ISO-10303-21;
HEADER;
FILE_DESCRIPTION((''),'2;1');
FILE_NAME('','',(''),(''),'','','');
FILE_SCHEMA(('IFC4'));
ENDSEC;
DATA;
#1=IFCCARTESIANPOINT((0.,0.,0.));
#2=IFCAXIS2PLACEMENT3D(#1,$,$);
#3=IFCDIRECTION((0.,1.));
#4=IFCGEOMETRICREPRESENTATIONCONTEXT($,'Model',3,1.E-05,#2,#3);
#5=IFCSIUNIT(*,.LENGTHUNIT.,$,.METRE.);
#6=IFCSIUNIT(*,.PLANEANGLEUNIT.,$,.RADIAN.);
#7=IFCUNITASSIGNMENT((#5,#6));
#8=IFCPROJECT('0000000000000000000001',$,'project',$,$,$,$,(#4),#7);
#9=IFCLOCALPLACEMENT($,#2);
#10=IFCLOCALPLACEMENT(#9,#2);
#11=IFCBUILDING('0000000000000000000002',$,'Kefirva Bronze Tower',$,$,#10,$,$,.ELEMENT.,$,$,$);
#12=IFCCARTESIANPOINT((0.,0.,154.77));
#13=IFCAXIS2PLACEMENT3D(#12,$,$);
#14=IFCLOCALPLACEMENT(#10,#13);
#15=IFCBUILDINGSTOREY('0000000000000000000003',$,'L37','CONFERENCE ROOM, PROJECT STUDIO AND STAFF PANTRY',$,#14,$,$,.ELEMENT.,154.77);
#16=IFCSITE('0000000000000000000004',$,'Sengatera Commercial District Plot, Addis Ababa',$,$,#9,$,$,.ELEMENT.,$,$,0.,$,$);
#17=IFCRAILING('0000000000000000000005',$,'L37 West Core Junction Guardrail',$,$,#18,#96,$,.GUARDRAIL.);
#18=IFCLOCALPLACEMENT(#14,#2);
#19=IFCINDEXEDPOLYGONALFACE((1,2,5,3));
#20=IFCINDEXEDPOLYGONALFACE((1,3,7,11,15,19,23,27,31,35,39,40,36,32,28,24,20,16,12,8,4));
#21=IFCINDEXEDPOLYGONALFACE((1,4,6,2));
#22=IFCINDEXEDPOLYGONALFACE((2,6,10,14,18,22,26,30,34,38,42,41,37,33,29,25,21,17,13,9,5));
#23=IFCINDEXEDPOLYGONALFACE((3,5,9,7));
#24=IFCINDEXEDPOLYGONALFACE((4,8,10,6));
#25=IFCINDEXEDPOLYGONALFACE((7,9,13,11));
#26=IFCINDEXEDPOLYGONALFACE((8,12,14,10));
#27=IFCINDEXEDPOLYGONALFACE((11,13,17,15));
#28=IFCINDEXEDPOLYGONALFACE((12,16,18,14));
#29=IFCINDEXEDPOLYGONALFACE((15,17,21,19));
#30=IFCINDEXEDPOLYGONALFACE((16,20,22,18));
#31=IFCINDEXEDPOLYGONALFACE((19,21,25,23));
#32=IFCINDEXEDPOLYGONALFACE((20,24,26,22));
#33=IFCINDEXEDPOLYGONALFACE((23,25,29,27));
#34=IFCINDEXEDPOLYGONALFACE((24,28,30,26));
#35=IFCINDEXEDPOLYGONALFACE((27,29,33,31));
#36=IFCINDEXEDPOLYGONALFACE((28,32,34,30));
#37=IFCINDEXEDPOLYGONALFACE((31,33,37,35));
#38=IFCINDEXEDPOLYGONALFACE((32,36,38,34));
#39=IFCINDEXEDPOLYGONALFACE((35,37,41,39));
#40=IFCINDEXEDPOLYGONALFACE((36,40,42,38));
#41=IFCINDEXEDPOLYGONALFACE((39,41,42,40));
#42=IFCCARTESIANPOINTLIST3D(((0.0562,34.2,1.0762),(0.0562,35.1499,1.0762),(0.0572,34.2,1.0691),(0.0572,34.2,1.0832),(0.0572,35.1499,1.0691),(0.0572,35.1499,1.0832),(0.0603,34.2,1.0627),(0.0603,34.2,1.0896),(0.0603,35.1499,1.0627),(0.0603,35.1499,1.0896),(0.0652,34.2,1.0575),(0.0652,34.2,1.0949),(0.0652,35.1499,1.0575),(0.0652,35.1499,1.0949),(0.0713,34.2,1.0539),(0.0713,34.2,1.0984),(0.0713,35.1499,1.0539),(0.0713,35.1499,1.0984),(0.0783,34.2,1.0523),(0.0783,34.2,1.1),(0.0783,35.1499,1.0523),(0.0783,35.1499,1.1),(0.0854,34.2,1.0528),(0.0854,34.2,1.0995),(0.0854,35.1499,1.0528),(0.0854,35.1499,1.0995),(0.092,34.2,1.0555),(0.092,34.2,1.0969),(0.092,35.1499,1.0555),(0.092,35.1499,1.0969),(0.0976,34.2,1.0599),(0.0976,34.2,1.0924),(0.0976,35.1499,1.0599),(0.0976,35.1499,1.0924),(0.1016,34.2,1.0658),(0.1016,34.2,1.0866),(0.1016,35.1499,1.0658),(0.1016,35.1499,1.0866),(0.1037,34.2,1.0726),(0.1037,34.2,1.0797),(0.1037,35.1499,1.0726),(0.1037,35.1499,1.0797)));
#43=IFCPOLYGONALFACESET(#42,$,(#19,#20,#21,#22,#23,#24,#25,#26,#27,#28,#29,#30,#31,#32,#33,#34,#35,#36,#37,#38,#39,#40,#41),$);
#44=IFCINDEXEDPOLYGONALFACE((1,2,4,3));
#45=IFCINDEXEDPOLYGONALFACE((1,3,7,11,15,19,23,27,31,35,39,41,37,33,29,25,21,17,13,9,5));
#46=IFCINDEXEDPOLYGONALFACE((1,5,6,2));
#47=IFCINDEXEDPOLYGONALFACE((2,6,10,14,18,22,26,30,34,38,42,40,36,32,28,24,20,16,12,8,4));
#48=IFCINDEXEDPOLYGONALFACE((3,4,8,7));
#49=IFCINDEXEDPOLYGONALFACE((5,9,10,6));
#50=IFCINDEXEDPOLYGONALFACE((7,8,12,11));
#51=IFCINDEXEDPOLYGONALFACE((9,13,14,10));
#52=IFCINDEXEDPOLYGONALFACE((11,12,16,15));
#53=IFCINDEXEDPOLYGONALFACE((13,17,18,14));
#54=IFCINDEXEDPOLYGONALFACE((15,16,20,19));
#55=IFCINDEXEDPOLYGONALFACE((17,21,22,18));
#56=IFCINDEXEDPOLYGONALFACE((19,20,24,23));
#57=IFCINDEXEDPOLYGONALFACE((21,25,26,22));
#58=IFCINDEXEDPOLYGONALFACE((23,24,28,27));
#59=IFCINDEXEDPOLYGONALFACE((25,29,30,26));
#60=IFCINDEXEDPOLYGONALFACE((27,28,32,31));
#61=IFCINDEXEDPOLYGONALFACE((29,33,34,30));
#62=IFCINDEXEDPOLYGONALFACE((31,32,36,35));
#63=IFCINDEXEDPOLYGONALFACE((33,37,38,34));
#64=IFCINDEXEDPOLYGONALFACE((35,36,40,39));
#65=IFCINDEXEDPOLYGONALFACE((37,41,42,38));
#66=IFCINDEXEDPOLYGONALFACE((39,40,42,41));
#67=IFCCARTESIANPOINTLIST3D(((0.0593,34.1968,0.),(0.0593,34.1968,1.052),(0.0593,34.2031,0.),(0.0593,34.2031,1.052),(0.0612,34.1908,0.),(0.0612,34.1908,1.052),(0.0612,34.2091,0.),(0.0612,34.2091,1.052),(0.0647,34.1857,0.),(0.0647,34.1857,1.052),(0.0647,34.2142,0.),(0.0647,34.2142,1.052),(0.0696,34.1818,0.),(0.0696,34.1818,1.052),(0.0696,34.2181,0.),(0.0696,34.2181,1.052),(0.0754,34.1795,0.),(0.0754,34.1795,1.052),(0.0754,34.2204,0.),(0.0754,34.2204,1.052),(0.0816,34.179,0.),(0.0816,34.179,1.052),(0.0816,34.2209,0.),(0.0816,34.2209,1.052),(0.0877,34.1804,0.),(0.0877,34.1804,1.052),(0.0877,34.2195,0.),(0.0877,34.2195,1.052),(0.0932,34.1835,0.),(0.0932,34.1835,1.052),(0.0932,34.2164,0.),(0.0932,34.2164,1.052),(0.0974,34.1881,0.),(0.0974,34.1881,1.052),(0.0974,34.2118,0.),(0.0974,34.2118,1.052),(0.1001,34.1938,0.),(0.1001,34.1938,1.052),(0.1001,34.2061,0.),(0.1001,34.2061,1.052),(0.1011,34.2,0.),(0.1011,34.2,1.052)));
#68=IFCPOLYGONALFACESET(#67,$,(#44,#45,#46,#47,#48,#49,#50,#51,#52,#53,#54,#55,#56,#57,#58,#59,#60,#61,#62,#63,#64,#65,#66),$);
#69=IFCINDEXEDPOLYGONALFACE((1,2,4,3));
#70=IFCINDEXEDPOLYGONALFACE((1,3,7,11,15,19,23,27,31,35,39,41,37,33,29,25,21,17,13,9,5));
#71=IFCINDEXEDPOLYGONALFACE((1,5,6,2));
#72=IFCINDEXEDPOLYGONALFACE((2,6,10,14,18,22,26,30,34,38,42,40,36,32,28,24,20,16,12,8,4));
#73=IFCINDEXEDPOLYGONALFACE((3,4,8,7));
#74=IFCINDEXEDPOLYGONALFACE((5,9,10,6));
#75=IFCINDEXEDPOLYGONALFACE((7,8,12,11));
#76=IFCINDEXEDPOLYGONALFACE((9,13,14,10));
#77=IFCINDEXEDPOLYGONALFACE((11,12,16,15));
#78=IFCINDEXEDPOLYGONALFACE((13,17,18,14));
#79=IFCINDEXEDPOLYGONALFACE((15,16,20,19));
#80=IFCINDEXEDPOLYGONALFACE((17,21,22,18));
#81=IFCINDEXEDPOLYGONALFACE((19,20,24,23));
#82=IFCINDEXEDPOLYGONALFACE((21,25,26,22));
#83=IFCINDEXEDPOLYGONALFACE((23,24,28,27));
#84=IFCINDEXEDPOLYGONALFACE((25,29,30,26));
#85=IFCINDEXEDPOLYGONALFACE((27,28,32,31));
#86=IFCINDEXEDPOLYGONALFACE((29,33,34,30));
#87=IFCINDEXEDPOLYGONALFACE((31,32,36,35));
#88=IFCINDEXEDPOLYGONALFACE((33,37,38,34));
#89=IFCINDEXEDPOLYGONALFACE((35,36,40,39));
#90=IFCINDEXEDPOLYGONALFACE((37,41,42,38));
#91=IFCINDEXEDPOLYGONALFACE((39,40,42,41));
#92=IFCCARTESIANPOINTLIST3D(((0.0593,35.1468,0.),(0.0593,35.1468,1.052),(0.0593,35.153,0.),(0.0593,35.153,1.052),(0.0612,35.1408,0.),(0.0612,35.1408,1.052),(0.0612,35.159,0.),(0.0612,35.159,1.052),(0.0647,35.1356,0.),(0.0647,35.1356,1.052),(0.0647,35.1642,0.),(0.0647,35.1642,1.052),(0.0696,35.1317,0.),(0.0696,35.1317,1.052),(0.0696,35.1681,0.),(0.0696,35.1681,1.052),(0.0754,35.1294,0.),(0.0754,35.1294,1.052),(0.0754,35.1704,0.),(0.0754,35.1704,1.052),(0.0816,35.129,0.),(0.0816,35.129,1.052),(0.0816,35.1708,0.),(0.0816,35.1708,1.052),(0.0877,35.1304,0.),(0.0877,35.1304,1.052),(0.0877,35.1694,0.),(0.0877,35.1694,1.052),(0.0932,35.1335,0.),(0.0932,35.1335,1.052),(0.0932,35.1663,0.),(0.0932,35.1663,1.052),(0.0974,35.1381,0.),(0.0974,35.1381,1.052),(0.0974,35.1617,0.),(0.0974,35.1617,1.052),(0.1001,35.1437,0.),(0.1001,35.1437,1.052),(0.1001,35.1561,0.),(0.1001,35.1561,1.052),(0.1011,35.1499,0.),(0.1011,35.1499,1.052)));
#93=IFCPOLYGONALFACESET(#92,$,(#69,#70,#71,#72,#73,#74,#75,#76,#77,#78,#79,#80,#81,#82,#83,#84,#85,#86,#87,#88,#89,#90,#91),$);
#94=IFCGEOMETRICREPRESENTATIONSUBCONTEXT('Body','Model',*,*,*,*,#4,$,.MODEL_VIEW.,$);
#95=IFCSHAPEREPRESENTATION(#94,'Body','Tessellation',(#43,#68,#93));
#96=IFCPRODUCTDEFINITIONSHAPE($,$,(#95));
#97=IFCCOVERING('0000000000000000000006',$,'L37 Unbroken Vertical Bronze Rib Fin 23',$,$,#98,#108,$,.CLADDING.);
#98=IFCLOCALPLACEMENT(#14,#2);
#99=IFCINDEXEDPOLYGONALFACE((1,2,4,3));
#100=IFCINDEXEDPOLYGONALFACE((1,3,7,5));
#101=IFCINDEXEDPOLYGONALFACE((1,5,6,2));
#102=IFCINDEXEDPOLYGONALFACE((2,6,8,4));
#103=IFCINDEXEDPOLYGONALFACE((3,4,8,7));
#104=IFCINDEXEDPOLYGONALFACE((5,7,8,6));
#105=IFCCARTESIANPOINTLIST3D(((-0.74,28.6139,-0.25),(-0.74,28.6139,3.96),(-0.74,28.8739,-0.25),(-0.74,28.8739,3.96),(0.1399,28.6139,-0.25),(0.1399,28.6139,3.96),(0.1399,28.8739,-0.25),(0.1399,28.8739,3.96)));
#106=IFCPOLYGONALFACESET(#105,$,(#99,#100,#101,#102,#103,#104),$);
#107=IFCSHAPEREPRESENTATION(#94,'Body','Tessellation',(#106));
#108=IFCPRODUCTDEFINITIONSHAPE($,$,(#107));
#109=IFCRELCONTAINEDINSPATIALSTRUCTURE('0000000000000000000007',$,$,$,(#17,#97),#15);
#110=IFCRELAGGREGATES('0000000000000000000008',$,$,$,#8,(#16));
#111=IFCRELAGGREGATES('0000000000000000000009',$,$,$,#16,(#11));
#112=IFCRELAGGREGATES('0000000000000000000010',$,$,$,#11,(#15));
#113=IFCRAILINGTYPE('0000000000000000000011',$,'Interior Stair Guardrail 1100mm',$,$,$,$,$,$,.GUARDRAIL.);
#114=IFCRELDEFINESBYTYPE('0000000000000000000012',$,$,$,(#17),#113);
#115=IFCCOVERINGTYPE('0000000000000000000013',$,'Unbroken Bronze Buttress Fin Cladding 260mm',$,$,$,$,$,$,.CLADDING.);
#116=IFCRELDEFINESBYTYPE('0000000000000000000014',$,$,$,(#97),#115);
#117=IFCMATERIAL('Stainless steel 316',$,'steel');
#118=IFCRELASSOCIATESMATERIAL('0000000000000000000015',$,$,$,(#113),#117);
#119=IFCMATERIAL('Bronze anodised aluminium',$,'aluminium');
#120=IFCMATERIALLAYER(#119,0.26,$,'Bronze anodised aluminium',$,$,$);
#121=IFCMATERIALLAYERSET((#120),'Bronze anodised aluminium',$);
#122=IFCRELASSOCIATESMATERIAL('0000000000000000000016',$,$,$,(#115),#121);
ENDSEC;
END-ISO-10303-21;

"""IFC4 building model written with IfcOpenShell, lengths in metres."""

from ifc_helpers import new_model, si_unit, direction, frame, origin, origin_2d, place, context, subcontext, project, spatial, rectangle, circle, extrude, material, layer, layer_set, type_object, element, save


model = new_model("IFC4")

# Units and contexts
model_context = context("Model", 3, precision=1e-05, world=origin(), true_north=direction((0.0, 1.0)))
body_context = subcontext(model_context, "Body", "Model", "MODEL_VIEW")
ifc_project = project(units=[si_unit("LENGTHUNIT", "METRE"), si_unit("PLANEANGLEUNIT", "RADIAN")], contexts=[model_context])

# Site, building, storey
site_placement = place(None, origin())
site = spatial("IfcSite", under=ifc_project, at=site_placement, Name="Sengatera Commercial District Plot, Addis Ababa", CompositionType="ELEMENT", RefElevation=0.0)
building_placement = place(site_placement, origin())
building = spatial("IfcBuilding", under=site, at=building_placement, Name="Kefirva Bronze Tower", CompositionType="ELEMENT")
storey_placement = place(building_placement, frame((0.0, 0.0, 154.77)))
storey = spatial("IfcBuildingStorey", under=building, at=storey_placement, Name="L37", Description="CONFERENCE ROOM, PROJECT STUDIO AND STAFF PANTRY", CompositionType="ELEMENT", Elevation=154.77)

# Shared definitions
ifc_material_1 = material(Name="Bronze anodised aluminium", Category="aluminium")

# Railing
ifc_material_2 = material(Name="Stainless steel 316", Category="steel")
railing_type = type_object("IfcRailingType", Name="Interior Stair Guardrail 1100mm", PredefinedType="GUARDRAIL", material=ifc_material_2)
railing_placement = place(storey_placement, frame((0.0801, 34.2, 0.0)))
element("IfcRailing", 1, at=railing_placement, inside=storey, type_object=railing_type, Name="L37 West Core Junction Guardrail", PredefinedType="GUARDRAIL", context=body_context, shape_type="SweptSolid", body=[
    extrude(circle(Radius=0.0239, at=origin_2d()), frame((0.0, 0.0, 1.0762), z_axis=(0.0, 1.0, 0.0), x_axis=(-1.0, 0.0, 0.0)), (0.0, 0.0, 1.0), 0.95),
    extrude(circle(Radius=0.021, at=origin_2d()), origin(), (0.0, 0.0, 1.0), 1.052),
    extrude(circle(Radius=0.021, at=origin_2d()), frame((0.0, 0.95, 0.0)), (0.0, 0.0, 1.0), 1.052),
])

# Covering
ifc_layer_1 = layer(ifc_material_1, 0.26, Name="Bronze anodised aluminium")
ifc_layer_set_1 = layer_set([ifc_layer_1], Name="Bronze anodised aluminium")
covering_type = type_object("IfcCoveringType", Name="Unbroken Bronze Buttress Fin Cladding 260mm", PredefinedType="CLADDING", material=ifc_layer_set_1)
covering_placement = place(storey_placement, frame((-0.3, 28.7439, -0.25), z_axis=(0.0, 0.0, 1.0), x_axis=(0.0, -1.0, 0.0)))
element("IfcCovering", 2, at=covering_placement, inside=storey, type_object=covering_type, Name="L37 Unbroken Vertical Bronze Rib Fin 23", PredefinedType="CLADDING", context=body_context, shape_type="SweptSolid", body=[
    extrude(rectangle(XDim=0.26, YDim=0.8799, at=origin_2d()), origin(), (0.0, 0.0, 1.0), 4.21),
])

save(model, "model.ifc")
